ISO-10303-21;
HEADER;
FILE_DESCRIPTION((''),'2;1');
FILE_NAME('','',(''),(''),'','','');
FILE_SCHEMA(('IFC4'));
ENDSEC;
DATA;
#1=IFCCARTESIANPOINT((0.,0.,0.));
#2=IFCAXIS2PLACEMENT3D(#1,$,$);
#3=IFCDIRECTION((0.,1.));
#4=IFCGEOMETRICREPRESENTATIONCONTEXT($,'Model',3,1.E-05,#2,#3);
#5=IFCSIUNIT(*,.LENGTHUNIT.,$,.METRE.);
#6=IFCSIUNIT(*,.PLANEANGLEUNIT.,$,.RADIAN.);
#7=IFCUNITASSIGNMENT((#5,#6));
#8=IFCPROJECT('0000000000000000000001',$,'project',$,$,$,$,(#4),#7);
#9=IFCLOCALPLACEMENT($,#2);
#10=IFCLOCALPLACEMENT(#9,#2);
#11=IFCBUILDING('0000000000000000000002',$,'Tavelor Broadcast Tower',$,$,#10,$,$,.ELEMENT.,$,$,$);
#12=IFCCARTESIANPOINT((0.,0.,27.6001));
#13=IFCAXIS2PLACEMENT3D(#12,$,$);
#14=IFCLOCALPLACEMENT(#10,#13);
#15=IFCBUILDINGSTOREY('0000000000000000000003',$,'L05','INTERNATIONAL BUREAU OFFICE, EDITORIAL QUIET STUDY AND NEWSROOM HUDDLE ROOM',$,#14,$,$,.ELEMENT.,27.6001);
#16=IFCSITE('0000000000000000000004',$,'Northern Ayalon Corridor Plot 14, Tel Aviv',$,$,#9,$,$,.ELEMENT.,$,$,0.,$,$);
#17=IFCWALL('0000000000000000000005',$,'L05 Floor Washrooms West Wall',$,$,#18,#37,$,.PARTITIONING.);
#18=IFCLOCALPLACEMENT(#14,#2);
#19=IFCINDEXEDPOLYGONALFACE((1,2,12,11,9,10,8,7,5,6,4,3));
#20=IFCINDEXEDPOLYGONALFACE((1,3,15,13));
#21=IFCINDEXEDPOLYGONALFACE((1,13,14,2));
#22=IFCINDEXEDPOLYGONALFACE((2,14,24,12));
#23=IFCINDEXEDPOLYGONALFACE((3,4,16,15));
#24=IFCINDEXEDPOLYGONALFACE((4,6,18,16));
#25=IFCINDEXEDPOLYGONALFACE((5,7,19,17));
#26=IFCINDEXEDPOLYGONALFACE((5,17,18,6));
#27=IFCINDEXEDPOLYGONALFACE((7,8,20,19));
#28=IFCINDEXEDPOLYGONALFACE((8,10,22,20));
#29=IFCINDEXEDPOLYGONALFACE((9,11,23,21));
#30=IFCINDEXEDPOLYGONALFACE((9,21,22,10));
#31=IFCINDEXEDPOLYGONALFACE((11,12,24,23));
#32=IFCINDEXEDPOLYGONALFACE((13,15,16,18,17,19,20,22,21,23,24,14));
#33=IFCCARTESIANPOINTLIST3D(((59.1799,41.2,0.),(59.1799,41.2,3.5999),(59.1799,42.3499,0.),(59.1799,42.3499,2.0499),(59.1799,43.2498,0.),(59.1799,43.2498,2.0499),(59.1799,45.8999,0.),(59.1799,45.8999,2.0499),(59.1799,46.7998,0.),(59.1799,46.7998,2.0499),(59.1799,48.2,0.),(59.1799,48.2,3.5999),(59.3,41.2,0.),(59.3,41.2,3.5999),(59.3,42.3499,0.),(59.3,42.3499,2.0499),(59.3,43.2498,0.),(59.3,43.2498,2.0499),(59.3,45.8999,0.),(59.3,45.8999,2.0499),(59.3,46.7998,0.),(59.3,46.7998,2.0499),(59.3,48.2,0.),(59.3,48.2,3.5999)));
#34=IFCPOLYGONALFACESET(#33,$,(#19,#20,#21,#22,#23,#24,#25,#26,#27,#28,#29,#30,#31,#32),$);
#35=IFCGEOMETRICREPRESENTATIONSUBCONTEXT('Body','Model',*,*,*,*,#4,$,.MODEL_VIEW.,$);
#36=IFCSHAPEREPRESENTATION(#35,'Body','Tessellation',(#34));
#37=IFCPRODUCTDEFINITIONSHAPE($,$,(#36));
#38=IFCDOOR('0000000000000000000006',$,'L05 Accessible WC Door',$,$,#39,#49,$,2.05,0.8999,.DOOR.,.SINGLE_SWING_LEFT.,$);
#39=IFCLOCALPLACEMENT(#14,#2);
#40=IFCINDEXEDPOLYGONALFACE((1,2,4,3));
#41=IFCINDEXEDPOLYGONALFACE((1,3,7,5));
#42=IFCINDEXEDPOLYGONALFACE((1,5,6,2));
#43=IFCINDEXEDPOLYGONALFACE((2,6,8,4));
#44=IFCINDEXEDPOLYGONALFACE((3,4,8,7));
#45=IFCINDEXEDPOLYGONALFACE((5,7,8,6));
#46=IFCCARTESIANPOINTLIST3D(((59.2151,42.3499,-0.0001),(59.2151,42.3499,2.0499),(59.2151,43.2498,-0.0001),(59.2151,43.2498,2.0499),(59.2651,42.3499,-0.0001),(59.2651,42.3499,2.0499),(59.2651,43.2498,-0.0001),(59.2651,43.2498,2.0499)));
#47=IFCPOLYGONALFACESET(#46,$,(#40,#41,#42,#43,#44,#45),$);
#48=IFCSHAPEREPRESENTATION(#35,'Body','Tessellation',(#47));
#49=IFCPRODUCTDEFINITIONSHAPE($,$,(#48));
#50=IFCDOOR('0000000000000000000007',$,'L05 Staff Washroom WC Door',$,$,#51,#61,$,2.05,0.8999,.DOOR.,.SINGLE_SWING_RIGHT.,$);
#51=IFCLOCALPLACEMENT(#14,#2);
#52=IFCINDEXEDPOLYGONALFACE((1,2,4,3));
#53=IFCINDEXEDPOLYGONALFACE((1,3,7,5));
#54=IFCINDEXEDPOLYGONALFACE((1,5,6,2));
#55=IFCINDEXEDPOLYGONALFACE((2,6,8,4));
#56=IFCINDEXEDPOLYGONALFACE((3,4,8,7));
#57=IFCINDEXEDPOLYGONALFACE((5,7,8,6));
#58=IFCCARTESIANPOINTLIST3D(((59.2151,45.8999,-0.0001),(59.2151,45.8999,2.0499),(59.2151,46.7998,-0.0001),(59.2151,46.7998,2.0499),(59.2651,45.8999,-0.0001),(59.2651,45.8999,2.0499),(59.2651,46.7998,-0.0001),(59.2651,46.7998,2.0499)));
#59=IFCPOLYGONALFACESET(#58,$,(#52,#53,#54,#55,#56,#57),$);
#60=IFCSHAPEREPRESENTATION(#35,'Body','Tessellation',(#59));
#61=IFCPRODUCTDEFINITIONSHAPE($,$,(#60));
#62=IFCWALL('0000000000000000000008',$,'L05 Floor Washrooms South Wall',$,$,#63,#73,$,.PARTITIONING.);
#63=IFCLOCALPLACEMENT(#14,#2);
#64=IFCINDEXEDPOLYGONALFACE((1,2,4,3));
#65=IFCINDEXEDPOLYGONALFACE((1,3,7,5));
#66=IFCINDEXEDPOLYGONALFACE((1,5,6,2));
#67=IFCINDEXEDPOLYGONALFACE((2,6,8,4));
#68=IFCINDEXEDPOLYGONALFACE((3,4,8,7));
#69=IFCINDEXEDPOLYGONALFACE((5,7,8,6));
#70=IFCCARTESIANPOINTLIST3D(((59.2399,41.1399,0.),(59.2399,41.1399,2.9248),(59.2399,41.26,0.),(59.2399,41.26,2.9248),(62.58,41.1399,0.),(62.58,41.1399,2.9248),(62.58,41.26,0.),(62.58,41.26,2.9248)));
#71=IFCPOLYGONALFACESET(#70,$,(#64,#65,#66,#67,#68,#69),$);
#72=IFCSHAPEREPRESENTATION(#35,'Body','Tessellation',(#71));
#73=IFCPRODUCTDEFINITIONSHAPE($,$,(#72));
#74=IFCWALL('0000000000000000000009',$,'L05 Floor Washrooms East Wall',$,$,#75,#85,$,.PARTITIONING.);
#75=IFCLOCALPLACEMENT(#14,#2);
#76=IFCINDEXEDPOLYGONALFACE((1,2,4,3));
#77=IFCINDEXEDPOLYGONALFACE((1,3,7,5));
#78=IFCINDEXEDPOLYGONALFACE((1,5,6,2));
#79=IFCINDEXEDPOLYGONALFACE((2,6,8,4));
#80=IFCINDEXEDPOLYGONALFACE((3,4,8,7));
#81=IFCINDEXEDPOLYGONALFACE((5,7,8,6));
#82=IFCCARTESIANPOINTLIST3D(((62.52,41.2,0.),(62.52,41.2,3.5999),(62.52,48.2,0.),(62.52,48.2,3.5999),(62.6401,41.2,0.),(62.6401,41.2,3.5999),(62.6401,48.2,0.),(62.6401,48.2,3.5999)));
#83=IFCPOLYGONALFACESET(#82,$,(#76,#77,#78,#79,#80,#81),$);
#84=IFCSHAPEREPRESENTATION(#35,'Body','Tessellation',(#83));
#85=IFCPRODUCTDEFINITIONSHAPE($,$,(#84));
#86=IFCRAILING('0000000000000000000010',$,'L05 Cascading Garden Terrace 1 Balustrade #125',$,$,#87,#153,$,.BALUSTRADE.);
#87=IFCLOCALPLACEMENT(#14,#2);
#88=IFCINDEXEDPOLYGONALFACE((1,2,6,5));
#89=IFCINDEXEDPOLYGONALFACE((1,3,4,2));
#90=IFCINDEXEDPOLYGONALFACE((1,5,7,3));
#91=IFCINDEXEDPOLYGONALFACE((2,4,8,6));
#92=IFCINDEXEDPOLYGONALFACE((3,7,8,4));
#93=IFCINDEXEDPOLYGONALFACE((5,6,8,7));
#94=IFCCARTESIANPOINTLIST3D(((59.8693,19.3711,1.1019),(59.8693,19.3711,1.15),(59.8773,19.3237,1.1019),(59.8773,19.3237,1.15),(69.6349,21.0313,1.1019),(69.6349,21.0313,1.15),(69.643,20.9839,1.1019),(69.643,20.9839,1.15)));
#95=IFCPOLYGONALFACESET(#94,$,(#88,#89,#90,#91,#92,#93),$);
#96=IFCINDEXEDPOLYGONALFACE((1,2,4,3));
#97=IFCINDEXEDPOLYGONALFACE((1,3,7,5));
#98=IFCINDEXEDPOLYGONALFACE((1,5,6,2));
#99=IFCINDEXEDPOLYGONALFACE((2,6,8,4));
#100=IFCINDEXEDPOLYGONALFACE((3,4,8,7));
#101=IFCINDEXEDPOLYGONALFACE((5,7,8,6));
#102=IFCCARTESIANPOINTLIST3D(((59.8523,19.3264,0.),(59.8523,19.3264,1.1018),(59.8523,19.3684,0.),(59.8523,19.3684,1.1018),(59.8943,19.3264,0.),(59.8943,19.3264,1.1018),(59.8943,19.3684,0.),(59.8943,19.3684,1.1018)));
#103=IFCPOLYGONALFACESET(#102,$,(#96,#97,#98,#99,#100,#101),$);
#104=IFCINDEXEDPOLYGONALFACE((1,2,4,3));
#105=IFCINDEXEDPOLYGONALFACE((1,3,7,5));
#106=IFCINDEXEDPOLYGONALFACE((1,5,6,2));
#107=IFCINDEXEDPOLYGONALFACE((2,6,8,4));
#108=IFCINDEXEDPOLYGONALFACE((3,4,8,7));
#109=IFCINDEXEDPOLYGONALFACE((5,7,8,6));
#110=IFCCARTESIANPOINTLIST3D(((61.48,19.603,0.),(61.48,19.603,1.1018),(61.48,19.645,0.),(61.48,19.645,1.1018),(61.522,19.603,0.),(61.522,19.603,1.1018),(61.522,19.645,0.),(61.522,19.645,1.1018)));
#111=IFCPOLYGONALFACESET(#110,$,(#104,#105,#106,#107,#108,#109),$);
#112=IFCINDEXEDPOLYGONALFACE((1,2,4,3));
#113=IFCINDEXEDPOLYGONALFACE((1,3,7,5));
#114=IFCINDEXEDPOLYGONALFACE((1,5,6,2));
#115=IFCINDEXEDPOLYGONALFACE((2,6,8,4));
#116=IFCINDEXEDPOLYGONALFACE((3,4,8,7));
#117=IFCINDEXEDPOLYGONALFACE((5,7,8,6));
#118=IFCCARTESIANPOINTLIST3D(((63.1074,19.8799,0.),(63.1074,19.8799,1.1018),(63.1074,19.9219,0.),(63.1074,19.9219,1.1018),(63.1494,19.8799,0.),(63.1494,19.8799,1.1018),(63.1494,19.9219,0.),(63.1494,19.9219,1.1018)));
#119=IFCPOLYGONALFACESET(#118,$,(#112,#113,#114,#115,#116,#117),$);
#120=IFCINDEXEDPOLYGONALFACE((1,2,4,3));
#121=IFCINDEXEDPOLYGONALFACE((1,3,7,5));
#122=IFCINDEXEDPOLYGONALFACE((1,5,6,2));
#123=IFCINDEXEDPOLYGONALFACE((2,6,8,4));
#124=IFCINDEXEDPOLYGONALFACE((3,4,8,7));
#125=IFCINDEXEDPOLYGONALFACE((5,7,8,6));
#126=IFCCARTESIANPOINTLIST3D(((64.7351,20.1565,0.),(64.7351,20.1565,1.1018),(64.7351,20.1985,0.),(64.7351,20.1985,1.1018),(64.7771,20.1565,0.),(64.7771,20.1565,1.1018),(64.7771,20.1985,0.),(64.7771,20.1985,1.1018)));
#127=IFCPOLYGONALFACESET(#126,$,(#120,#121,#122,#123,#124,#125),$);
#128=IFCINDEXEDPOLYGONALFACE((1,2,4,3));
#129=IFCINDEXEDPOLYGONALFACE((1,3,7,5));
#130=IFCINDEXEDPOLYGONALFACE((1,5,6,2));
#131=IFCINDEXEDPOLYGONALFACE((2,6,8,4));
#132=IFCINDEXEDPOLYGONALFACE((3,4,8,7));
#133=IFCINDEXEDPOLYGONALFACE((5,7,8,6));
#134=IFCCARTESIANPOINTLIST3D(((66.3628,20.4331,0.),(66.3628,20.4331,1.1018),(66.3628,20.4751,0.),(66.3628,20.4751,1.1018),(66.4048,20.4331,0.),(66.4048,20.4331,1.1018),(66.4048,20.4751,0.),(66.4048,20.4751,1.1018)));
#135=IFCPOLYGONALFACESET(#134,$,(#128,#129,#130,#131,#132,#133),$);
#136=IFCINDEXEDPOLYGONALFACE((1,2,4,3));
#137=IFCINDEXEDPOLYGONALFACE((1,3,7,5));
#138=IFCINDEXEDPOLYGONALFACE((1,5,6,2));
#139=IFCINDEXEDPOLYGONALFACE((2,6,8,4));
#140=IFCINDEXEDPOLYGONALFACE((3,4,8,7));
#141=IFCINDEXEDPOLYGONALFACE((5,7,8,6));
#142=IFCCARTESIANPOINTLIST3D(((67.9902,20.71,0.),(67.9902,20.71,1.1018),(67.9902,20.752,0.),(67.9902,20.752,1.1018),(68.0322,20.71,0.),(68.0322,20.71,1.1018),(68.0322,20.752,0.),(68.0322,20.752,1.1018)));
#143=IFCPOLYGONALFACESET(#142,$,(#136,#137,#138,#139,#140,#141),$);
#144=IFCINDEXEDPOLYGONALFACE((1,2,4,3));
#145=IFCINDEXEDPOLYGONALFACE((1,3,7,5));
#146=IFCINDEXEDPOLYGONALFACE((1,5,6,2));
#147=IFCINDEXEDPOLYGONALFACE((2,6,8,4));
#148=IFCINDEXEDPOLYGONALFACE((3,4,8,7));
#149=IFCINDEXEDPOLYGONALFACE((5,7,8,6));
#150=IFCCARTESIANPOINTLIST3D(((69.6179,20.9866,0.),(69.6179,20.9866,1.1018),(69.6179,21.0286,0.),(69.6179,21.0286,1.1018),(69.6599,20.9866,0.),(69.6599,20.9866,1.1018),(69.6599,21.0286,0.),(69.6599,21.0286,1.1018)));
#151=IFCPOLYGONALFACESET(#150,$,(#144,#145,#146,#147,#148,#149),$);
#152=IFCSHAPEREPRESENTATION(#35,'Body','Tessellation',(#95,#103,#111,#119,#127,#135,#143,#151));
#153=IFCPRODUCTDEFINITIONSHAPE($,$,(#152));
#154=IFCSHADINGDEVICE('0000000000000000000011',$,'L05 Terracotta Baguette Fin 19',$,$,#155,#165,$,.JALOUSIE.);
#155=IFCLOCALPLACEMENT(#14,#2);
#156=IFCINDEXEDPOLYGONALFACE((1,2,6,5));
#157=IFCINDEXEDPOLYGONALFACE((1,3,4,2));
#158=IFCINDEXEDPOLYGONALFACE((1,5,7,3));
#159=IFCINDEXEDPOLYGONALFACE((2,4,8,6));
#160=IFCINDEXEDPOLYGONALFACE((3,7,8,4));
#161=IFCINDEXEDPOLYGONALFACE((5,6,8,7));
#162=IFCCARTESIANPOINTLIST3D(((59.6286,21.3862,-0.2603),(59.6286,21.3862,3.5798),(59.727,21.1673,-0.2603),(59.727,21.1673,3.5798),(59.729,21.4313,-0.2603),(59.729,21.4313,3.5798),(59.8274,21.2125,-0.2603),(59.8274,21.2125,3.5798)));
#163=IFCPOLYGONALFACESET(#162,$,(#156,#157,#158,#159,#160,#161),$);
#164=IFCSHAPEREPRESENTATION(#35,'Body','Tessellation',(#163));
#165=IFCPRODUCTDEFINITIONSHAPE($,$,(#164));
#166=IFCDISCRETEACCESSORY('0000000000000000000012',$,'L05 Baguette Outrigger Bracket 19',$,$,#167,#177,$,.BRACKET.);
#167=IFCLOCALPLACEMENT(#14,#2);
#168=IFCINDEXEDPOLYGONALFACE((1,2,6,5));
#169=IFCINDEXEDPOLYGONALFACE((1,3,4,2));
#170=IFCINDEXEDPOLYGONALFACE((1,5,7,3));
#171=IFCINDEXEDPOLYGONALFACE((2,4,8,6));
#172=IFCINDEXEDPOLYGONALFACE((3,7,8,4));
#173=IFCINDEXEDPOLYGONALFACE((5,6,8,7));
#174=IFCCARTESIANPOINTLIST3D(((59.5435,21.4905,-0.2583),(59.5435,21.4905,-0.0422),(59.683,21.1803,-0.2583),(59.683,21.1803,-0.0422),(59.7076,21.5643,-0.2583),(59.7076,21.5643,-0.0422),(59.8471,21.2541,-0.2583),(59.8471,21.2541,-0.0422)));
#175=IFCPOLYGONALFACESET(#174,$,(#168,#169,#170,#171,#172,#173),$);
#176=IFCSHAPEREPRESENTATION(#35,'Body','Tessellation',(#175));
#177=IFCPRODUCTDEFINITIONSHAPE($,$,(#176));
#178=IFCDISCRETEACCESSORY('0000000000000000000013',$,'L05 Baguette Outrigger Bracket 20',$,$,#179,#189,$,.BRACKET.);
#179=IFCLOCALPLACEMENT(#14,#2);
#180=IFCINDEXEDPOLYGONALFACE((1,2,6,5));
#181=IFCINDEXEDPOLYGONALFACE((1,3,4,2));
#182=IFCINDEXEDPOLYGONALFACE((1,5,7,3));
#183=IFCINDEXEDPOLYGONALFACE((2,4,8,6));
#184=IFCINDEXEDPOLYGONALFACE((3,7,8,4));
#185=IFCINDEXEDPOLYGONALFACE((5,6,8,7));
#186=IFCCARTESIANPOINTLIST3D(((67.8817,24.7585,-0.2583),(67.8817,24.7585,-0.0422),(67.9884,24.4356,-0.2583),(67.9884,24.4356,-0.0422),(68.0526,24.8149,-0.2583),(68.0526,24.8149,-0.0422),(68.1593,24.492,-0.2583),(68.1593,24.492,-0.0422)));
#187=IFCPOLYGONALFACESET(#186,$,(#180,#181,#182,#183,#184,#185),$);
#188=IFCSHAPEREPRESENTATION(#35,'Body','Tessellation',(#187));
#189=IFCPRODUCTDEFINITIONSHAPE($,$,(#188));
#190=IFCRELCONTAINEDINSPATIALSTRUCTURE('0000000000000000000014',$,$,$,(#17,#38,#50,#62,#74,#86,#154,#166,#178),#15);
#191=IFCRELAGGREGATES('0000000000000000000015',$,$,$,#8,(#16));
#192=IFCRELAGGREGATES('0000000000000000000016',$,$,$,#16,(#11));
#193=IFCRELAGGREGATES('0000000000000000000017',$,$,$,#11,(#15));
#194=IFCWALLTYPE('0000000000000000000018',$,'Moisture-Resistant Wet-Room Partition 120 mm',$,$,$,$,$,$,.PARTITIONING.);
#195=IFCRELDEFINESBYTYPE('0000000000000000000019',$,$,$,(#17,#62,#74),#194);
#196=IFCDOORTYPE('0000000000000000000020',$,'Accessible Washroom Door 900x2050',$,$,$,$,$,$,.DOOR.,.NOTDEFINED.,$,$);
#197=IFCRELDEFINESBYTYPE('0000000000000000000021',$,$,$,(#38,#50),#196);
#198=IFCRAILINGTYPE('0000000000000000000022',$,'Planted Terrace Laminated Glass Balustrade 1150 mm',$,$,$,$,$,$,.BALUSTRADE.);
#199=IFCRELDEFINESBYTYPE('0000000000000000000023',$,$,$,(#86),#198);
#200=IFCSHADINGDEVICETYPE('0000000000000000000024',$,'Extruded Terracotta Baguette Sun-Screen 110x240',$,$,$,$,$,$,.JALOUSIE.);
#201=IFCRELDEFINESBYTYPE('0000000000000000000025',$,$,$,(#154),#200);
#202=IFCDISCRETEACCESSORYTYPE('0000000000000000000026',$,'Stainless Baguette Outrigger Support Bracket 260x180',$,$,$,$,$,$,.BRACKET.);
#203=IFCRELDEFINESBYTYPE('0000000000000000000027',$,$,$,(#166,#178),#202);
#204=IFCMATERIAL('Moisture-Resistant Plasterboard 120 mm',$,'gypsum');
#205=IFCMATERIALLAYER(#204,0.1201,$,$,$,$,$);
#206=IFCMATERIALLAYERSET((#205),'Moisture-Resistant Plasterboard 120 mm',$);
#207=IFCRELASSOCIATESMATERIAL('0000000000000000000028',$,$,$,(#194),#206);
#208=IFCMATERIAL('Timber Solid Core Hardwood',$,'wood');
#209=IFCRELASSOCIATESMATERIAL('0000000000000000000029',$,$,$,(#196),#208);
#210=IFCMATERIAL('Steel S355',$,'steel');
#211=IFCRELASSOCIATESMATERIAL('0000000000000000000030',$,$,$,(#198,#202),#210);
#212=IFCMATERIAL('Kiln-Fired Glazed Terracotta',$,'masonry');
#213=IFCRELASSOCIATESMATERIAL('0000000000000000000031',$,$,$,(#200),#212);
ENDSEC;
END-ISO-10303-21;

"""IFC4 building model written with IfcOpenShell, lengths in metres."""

from ifc_helpers import new_model, si_unit, direction, frame, frame_2d, origin, origin_2d, place, context, subcontext, project, spatial, rectangle, extrude, source, transform, mapped, material, layer, layer_set, type_object, type_shapes, element, fill, save


model = new_model("IFC4")

# Units and contexts
model_context = context("Model", 3, precision=1e-05, world=origin(), true_north=direction((0.0, 1.0)))
body_context = subcontext(model_context, "Body", "Model", "MODEL_VIEW")
ifc_project = project(units=[si_unit("LENGTHUNIT", "METRE"), si_unit("PLANEANGLEUNIT", "RADIAN")], contexts=[model_context])

# Site, building, storey
site_placement = place(None, origin())
site = spatial("IfcSite", under=ifc_project, at=site_placement, Name="Northern Ayalon Corridor Plot 14, Tel Aviv", CompositionType="ELEMENT", RefElevation=0.0)
building_placement = place(site_placement, origin())
building = spatial("IfcBuilding", under=site, at=building_placement, Name="Tavelor Broadcast Tower", CompositionType="ELEMENT")
storey_placement = place(building_placement, frame((0.0, 0.0, 27.6001)))
storey = spatial("IfcBuildingStorey", under=building, at=storey_placement, Name="L05", Description="INTERNATIONAL BUREAU OFFICE, EDITORIAL QUIET STUDY AND NEWSROOM HUDDLE ROOM", CompositionType="ELEMENT", Elevation=27.6001)

# Shared definitions
ifc_material_1 = material(Name="Steel S355", Category="steel")

# Shared definitions
ifc_material_2 = material(Name="Timber Solid Core Hardwood", Category="wood")

# Wall, openings, doors
ifc_material_3 = material(Name="Moisture-Resistant Plasterboard 120 mm", Category="gypsum")
ifc_layer_1 = layer(ifc_material_3, 0.1201)
ifc_layer_set_1 = layer_set([ifc_layer_1], Name="Moisture-Resistant Plasterboard 120 mm")
wall_type_1 = type_object("IfcWallType", Name="Moisture-Resistant Wet-Room Partition 120 mm", PredefinedType="PARTITIONING", material=ifc_layer_set_1)
wall_1_placement = place(storey_placement, frame((59.24, 41.2, 0.0), z_axis=(0.0, 0.0, 1.0), x_axis=(0.0, 1.0, 0.0)))
wall_1 = element("IfcWall", 1, at=wall_1_placement, inside=storey, type_object=wall_type_1, Name="L05 Floor Washrooms West Wall", PredefinedType="PARTITIONING", context=body_context, shape_type="SweptSolid", body=[
    extrude(rectangle(XDim=7.0, YDim=0.1201, at=frame_2d((3.5, 0.0))), origin(), (0.0, 0.0, 1.0), 3.5999),
])
opening_1_placement = place(wall_1_placement, frame((1.1499, 0.0, 0.0)))
opening_1 = element("IfcOpeningElement", 2, at=opening_1_placement, cuts=wall_1, PredefinedType="OPENING", context=body_context, shape_type="SweptSolid", body=[
    extrude(rectangle(XDim=0.8999, YDim=2.05, at=frame_2d((0.45, 1.0249))), frame((0.0, 0.0701, 0.0), z_axis=(0.0, -1.0, 0.0), x_axis=(1.0, 0.0, 0.0)), (0.0, 0.0, 1.0), 0.1401),
])
opening_2_placement = place(wall_1_placement, frame((4.7, 0.0, 0.0)))
opening_2 = element("IfcOpeningElement", 3, at=opening_2_placement, cuts=wall_1, PredefinedType="OPENING", context=body_context, shape_type="SweptSolid", body=[
    extrude(rectangle(XDim=0.8999, YDim=2.05, at=frame_2d((0.45, 1.0249))), frame((0.0, 0.0701, 0.0), z_axis=(0.0, -1.0, 0.0), x_axis=(1.0, 0.0, 0.0)), (0.0, 0.0, 1.0), 0.1401),
])
door_type_1 = type_object("IfcDoorType", Name="Accessible Washroom Door 900x2050", OperationType="NOTDEFINED", PredefinedType="DOOR", material=ifc_material_2)
door_1_placement = place(opening_1_placement, origin())
door_1 = element("IfcDoor", 4, at=door_1_placement, inside=storey, type_object=door_type_1, Name="L05 Accessible WC Door", OperationType="SINGLE_SWING_LEFT", OverallHeight=2.05, OverallWidth=0.8999, PredefinedType="DOOR", context=body_context, shape_type="SweptSolid", body=[
    extrude(rectangle(XDim=0.8999, YDim=2.05, at=frame_2d((0.45, 1.0249))), frame((0.0, 0.0249, 0.0), z_axis=(0.0, -1.0, 0.0), x_axis=(1.0, 0.0, 0.0)), (0.0, 0.0, 1.0), 0.05),
])
fill(opening_1, door_1)
door_2_placement = place(opening_2_placement, origin())
door_2 = element("IfcDoor", 5, at=door_2_placement, inside=storey, type_object=door_type_1, Name="L05 Staff Washroom WC Door", OperationType="SINGLE_SWING_RIGHT", OverallHeight=2.05, OverallWidth=0.8999, PredefinedType="DOOR", context=body_context, shape_type="SweptSolid", body=[
    extrude(rectangle(XDim=0.8999, YDim=2.05, at=frame_2d((0.45, 1.0249))), frame((0.0, 0.0249, 0.0), z_axis=(0.0, -1.0, 0.0), x_axis=(1.0, 0.0, 0.0)), (0.0, 0.0, 1.0), 0.05),
])
fill(opening_2, door_2)

# Walls
wall_2_placement = place(storey_placement, frame((59.24, 41.2, 0.0), z_axis=(0.0, 0.0, 1.0), x_axis=(1.0, 0.0, 0.0)))
element("IfcWall", 6, at=wall_2_placement, inside=storey, type_object=wall_type_1, Name="L05 Floor Washrooms South Wall", PredefinedType="PARTITIONING", context=body_context, shape_type="SweptSolid", body=[
    extrude(rectangle(XDim=3.3401, YDim=0.1201, at=frame_2d((1.6699, 0.0))), origin(), (0.0, 0.0, 1.0), 2.9248),
])
wall_3_placement = place(storey_placement, frame((62.5801, 41.2, 0.0), z_axis=(0.0, 0.0, 1.0), x_axis=(0.0, 1.0, 0.0)))
element("IfcWall", 7, at=wall_3_placement, inside=storey, type_object=wall_type_1, Name="L05 Floor Washrooms East Wall", PredefinedType="PARTITIONING", context=body_context, shape_type="SweptSolid", body=[
    extrude(rectangle(XDim=7.0, YDim=0.1201, at=frame_2d((3.5, 0.0))), origin(), (0.0, 0.0, 1.0), 3.5999),
])

# Railing
railing_type = type_object("IfcRailingType", Name="Planted Terrace Laminated Glass Balustrade 1150 mm", PredefinedType="BALUSTRADE", material=ifc_material_1)
railing_placement = place(storey_placement, frame((59.8733, 19.3474, 0.0)))
element("IfcRailing", 8, at=railing_placement, inside=storey, type_object=railing_type, Name="L05 Cascading Garden Terrace 1 Balustrade #125", PredefinedType="BALUSTRADE", context=body_context, shape_type="SweptSolid", body=[
    extrude(rectangle(XDim=0.0481, YDim=0.0481, at=origin_2d()), frame((0.0, 0.0, 1.126), z_axis=(0.985856, 0.167595, 0.0), x_axis=(-0.167595, 0.985856, 0.0)), (0.0, 0.0, 1.0), 9.9058),
    extrude(rectangle(XDim=0.042, YDim=0.042, at=origin_2d()), origin(), (0.0, 0.0, 1.0), 1.1018),
    extrude(rectangle(XDim=0.042, YDim=0.042, at=origin_2d()), frame((1.6277, 0.2766, 0.0)), (0.0, 0.0, 1.0), 1.1018),
    extrude(rectangle(XDim=0.042, YDim=0.042, at=origin_2d()), frame((3.2551, 0.5535, 0.0)), (0.0, 0.0, 1.0), 1.1018),
    extrude(rectangle(XDim=0.042, YDim=0.042, at=origin_2d()), frame((4.8828, 0.8301, 0.0)), (0.0, 0.0, 1.0), 1.1018),
    extrude(rectangle(XDim=0.042, YDim=0.042, at=origin_2d()), frame((6.5105, 1.1067, 0.0)), (0.0, 0.0, 1.0), 1.1018),
    extrude(rectangle(XDim=0.042, YDim=0.042, at=origin_2d()), frame((8.1379, 1.3835, 0.0)), (0.0, 0.0, 1.0), 1.1018),
    extrude(rectangle(XDim=0.042, YDim=0.042, at=origin_2d()), frame((9.7656, 1.6602, 0.0)), (0.0, 0.0, 1.0), 1.1018),
])

# Shading device
ifc_material_4 = material(Name="Kiln-Fired Glazed Terracotta", Category="masonry")
shading_device_type = type_object("IfcShadingDeviceType", Name="Extruded Terracotta Baguette Sun-Screen 110x240", PredefinedType="JALOUSIE", material=ifc_material_4)
shared_shape_1 = source(origin(), body_context, "Body", "SweptSolid", [
    extrude(rectangle(XDim=0.1101, YDim=0.24, at=origin_2d()), origin(), (0.0, 0.0, 1.0), 3.8401),
])
type_shapes(shading_device_type, [shared_shape_1])
shading_device_placement = place(storey_placement, frame((59.728, 21.2993, -0.2603), z_axis=(0.0, 0.0, 1.0), x_axis=(0.912049, 0.410082, 0.0)))
element("IfcShadingDevice", 9, at=shading_device_placement, inside=storey, type_object=shading_device_type, Name="L05 Terracotta Baguette Fin 19", PredefinedType="JALOUSIE", context=body_context, shape_type="MappedRepresentation", body=[
    mapped(shared_shape_1, transform((0.0, 0.0, 0.0), scale=1.0)),
])

# Discrete accessories
discrete_accessory_type = type_object("IfcDiscreteAccessoryType", Name="Stainless Baguette Outrigger Support Bracket 260x180", PredefinedType="BRACKET", material=ifc_material_1)
shared_shape_2 = source(origin(), body_context, "Body", "SweptSolid", [
    extrude(rectangle(XDim=0.1799, YDim=0.3401, at=origin_2d()), origin(), (0.0, 0.0, 1.0), 0.2161),
])
type_shapes(discrete_accessory_type, [shared_shape_2])
for number, where, z_axis, x_axis, name in (
    (10, (59.6953, 21.3723, -0.2583), (0.0, 0.0, 1.0), (0.912049, 0.410082, 0.0), "L05 Baguette Outrigger Bracket 19"),
    (11, (68.0205, 24.6252, -0.2583), (0.0, 0.0, 1.0), (0.949535, 0.313661, 0.0), "L05 Baguette Outrigger Bracket 20"),
):
    element("IfcDiscreteAccessory", number, at=place(storey_placement, frame(where, z_axis=z_axis, x_axis=x_axis)), inside=storey, type_object=discrete_accessory_type, Name=name, PredefinedType="BRACKET", context=body_context, shape_type="MappedRepresentation", body=[
        mapped(shared_shape_2, transform((0.0, 0.0, 0.0), scale=1.0)),
    ])

save(model, "model.ifc")
